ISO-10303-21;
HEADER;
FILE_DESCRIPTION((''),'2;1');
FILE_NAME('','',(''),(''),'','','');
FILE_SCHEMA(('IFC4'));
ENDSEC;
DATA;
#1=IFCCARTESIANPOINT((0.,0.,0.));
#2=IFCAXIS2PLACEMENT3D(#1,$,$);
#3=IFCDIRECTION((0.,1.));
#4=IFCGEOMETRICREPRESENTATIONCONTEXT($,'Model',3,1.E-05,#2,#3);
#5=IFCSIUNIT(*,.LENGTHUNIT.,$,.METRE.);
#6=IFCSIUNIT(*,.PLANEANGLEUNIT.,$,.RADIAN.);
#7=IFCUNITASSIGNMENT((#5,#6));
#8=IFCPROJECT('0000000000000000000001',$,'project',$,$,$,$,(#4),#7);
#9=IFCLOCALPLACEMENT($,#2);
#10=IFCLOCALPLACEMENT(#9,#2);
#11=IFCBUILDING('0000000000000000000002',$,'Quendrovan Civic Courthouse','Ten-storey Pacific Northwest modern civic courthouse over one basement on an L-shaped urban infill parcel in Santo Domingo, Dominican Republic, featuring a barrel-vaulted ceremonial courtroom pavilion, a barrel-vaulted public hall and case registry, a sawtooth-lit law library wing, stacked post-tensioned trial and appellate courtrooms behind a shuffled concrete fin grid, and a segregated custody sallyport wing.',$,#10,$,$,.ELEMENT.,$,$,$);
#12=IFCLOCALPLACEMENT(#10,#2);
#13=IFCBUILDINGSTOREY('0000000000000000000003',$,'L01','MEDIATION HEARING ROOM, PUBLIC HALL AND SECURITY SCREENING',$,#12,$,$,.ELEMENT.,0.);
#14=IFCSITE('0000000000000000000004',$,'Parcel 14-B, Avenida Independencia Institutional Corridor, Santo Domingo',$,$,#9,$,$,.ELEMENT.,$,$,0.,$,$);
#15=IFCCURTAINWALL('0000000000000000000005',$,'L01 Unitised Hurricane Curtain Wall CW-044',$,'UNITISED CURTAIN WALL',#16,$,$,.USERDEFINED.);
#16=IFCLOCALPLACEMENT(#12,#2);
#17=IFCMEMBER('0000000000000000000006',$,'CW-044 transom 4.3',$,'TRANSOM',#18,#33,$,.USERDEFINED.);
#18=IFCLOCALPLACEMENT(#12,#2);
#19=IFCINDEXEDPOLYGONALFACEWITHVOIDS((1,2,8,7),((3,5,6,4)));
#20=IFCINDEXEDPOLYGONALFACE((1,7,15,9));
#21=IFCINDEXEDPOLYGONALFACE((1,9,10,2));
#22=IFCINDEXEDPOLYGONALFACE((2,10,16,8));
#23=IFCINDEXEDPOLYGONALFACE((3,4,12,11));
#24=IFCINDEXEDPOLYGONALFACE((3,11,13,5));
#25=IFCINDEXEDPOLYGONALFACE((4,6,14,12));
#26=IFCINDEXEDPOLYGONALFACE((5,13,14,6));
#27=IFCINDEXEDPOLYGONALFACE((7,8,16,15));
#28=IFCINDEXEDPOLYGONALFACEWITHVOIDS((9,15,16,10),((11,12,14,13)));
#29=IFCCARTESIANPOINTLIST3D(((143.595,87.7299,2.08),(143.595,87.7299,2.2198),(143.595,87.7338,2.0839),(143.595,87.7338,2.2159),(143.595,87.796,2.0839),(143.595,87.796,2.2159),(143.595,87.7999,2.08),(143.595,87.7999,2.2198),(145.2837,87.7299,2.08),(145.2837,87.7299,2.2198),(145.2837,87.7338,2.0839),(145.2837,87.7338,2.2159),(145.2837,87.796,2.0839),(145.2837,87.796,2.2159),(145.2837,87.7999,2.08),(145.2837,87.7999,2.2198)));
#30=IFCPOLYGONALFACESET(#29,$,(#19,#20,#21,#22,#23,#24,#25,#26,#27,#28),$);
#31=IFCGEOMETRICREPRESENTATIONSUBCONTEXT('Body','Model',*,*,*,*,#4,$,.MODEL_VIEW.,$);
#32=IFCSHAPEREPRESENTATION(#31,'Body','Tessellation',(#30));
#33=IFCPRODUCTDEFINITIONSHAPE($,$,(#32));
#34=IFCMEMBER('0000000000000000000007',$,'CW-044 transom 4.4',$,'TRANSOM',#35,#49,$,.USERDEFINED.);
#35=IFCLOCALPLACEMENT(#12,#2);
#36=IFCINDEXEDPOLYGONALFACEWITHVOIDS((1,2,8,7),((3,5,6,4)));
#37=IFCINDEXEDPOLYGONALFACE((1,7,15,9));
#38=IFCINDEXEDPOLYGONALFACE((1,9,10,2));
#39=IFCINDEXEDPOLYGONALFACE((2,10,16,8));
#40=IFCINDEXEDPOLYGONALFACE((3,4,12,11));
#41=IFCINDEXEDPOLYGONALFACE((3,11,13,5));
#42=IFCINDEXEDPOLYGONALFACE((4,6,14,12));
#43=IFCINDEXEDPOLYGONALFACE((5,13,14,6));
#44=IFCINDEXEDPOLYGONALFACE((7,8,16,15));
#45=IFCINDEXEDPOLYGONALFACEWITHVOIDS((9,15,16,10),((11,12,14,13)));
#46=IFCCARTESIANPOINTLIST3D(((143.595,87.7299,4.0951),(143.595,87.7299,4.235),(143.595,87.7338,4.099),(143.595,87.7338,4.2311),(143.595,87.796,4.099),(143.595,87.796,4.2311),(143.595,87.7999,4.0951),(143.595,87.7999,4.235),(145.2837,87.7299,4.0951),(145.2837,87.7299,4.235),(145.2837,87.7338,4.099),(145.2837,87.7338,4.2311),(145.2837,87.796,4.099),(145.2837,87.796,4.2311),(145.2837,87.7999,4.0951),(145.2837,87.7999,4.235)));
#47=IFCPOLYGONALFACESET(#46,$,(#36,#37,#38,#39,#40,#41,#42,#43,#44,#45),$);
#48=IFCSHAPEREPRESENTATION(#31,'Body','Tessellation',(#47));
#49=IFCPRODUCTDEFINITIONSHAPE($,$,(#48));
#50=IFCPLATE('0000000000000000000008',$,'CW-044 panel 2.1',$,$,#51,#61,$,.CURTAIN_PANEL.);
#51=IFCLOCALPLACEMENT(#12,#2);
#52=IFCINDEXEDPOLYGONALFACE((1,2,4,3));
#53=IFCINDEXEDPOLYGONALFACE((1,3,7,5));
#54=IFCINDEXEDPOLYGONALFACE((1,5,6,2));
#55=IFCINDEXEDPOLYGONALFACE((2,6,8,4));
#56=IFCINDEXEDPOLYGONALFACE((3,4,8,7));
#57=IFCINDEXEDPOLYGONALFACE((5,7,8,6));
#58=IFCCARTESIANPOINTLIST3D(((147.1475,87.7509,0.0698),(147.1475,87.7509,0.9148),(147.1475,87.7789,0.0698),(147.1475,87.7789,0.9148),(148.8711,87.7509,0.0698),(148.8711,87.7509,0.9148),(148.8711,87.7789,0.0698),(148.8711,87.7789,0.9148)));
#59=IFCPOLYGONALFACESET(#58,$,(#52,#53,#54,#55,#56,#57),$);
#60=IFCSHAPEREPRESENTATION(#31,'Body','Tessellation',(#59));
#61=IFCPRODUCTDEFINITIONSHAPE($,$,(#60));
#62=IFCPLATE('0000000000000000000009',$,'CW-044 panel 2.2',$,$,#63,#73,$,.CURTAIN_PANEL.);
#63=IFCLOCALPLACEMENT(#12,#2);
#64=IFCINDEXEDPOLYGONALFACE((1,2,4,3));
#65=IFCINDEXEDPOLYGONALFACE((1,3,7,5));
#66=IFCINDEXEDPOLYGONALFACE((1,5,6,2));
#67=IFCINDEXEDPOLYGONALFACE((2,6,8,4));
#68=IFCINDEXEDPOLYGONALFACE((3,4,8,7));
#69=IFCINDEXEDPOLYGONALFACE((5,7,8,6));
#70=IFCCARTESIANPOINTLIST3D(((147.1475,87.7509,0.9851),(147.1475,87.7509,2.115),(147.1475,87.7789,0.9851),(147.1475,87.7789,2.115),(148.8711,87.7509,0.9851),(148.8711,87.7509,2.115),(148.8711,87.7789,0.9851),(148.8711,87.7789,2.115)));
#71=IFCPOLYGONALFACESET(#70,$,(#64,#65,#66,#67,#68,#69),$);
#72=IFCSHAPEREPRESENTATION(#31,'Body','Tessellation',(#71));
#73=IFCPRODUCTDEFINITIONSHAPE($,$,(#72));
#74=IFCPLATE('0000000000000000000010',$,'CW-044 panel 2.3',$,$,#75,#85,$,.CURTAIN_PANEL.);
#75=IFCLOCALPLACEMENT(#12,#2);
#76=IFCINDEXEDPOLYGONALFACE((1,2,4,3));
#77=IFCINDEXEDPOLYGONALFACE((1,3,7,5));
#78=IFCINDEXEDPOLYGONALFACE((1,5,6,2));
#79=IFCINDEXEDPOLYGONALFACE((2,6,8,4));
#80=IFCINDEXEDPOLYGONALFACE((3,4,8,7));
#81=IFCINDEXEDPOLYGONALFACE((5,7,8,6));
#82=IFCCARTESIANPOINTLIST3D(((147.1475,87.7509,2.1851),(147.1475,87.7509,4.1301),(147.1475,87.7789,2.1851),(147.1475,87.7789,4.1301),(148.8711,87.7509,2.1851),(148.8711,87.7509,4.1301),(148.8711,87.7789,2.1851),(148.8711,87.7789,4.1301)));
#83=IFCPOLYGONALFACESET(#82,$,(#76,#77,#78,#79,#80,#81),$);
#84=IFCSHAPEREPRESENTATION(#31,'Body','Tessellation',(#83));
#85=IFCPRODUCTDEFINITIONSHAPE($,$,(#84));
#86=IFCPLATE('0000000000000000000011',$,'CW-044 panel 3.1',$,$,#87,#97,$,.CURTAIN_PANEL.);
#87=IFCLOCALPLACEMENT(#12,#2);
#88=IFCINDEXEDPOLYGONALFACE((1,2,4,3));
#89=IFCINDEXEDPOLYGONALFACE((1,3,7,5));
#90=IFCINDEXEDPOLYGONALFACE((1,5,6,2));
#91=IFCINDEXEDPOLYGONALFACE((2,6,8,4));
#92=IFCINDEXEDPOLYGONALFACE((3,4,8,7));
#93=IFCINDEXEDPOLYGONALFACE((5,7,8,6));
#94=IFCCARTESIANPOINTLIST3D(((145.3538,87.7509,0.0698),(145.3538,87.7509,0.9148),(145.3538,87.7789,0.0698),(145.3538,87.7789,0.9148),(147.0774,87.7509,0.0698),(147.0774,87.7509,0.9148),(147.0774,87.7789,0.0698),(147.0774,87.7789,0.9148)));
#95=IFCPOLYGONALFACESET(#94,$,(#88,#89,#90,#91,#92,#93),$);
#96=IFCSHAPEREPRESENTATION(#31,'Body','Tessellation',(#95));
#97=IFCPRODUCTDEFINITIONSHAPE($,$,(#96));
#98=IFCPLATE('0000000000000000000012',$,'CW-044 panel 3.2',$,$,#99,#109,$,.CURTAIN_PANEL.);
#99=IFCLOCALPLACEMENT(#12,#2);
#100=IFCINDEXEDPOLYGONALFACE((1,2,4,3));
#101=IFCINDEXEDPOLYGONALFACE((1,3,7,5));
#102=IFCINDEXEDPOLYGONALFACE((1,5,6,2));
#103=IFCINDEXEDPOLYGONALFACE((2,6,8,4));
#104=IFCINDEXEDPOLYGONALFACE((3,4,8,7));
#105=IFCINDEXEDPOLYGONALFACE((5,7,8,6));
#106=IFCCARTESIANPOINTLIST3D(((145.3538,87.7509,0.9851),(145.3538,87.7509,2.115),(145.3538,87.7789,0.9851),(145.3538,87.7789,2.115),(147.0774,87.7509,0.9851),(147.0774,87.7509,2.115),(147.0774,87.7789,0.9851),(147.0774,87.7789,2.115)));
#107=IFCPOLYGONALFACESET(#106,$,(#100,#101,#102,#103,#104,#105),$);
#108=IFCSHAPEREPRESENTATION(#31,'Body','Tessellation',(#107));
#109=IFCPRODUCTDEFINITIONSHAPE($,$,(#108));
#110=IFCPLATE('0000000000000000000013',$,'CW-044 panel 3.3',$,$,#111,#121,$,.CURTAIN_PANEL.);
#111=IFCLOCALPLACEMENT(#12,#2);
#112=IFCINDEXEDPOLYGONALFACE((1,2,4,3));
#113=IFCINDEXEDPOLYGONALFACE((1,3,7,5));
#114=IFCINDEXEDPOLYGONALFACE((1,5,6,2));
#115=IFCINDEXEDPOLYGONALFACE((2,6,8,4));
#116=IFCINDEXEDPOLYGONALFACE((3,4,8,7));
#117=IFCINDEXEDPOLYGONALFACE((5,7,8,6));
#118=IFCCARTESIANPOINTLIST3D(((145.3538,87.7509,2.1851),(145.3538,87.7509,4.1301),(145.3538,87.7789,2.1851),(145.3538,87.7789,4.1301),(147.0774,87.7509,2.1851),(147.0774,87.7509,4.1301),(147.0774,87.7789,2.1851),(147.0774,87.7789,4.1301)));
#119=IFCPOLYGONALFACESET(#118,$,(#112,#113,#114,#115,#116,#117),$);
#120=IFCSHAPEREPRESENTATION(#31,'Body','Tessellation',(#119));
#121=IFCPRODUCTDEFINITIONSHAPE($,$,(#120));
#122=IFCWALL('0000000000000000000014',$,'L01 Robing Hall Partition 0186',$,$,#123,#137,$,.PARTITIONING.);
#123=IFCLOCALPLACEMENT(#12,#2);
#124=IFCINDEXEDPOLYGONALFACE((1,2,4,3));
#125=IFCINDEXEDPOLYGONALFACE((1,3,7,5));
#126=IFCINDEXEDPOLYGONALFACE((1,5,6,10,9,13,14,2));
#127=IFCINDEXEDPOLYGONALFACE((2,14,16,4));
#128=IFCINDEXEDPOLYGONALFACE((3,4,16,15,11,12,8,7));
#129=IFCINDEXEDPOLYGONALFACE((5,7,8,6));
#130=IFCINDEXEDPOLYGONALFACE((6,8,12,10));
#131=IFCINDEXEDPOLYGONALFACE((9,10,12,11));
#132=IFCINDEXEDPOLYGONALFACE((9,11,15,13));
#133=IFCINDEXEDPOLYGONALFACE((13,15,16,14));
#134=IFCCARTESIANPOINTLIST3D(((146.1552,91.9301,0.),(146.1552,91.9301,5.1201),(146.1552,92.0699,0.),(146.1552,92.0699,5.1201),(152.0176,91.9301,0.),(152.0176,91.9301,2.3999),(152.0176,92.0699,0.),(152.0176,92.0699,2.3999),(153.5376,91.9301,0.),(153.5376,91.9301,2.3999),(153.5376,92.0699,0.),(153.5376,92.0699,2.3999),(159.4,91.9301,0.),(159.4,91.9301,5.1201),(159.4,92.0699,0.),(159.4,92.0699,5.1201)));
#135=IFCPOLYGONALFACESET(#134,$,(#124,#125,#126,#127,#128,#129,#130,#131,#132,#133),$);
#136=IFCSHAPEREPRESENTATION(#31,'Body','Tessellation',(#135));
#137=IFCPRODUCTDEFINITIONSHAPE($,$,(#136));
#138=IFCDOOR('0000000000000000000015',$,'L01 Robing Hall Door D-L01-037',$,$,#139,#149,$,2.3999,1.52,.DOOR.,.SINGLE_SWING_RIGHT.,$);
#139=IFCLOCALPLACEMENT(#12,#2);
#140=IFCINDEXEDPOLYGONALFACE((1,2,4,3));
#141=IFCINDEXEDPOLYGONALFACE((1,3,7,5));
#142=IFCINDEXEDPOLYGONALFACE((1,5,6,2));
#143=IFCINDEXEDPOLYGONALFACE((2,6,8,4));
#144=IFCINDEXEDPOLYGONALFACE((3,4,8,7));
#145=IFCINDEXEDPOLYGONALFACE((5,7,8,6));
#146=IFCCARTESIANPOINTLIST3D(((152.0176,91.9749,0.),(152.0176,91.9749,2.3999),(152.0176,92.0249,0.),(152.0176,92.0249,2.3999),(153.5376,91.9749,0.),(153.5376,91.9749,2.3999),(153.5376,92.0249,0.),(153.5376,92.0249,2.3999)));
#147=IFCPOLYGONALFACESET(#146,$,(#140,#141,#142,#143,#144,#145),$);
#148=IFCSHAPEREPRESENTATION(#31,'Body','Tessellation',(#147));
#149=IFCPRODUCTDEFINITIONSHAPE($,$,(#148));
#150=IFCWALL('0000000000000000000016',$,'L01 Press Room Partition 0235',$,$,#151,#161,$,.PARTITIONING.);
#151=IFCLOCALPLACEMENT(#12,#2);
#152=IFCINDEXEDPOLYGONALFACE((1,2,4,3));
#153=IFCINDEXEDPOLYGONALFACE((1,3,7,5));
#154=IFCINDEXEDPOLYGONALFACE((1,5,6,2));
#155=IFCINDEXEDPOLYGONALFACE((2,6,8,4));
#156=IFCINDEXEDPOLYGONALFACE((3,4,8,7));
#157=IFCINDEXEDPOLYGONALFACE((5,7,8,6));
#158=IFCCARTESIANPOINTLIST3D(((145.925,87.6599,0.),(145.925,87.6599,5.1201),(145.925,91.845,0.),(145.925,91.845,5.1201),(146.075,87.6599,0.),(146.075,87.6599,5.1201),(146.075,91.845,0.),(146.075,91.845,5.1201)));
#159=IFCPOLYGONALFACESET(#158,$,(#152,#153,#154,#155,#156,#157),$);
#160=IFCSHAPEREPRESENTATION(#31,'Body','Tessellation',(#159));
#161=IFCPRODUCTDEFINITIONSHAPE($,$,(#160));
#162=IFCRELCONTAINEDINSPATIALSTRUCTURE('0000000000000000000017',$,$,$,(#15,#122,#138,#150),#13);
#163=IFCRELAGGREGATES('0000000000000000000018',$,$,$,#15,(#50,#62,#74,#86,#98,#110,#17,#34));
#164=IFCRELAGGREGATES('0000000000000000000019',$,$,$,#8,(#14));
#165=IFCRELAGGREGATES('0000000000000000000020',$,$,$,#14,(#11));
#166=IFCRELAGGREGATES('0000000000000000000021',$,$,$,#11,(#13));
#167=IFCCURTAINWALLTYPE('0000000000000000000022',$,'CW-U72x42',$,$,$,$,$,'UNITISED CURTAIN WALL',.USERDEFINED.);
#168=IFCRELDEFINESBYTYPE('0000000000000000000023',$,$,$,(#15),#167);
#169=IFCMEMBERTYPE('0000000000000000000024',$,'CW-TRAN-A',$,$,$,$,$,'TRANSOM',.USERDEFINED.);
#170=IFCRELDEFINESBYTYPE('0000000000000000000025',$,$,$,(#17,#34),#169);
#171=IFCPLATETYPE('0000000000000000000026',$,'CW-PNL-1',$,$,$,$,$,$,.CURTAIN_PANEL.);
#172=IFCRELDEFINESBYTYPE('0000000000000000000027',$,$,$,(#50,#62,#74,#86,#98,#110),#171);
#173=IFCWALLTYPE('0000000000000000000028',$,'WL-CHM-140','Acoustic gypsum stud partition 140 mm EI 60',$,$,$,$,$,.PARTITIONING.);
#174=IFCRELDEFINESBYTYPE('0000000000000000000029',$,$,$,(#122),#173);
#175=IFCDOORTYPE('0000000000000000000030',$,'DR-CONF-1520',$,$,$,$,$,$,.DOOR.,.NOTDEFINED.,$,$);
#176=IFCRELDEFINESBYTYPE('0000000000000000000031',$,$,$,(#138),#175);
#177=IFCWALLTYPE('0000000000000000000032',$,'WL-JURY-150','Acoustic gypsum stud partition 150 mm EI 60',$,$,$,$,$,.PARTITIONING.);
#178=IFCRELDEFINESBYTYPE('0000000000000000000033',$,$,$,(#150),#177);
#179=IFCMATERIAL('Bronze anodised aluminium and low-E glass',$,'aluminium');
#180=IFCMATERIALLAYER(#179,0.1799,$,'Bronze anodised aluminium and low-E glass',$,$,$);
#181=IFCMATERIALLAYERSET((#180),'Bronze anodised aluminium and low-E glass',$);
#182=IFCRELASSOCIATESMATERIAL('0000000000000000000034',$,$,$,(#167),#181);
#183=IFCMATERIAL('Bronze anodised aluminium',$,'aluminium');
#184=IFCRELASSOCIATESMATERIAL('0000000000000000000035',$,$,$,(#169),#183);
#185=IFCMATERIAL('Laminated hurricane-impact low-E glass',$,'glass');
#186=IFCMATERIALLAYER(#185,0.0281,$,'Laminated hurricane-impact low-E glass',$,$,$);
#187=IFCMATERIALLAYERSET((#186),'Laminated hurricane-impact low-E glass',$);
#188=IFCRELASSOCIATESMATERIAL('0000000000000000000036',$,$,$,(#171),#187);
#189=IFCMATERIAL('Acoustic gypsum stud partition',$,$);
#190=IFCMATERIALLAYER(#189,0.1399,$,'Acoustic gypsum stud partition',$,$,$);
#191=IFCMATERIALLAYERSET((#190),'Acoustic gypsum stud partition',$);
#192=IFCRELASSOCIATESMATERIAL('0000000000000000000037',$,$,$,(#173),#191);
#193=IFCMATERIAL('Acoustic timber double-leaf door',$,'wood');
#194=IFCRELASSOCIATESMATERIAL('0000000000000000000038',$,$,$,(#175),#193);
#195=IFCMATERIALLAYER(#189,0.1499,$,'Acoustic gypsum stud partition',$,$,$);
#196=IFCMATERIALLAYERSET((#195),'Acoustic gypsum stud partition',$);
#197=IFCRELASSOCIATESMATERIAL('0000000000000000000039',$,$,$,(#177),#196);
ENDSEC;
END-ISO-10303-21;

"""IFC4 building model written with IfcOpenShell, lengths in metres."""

from ifc_helpers import new_model, si_unit, direction, frame, frame_2d, origin, origin_2d, place, context, subcontext, project, spatial, rectangle, hollow_rectangle, extrude, material, layer, layer_set, material_profile, profile_set, type_object, element, fill, aggregate, save


model = new_model("IFC4")

# Units and contexts
model_context = context("Model", 3, precision=1e-05, world=origin(), true_north=direction((0.0, 1.0)))
body_context = subcontext(model_context, "Body", "Model", "MODEL_VIEW")
ifc_project = project(units=[si_unit("LENGTHUNIT", "METRE"), si_unit("PLANEANGLEUNIT", "RADIAN")], contexts=[model_context])

# Site, building, storey
site_placement = place(None, origin())
site = spatial("IfcSite", under=ifc_project, at=site_placement, Name="Parcel 14-B, Avenida Independencia Institutional Corridor, Santo Domingo", CompositionType="ELEMENT", RefElevation=0.0)
building_placement = place(site_placement, origin())
building = spatial("IfcBuilding", under=site, at=building_placement, Name="Quendrovan Civic Courthouse", Description="Ten-storey Pacific Northwest modern civic courthouse over one basement on an L-shaped urban infill parcel in Santo Domingo, Dominican Republic, featuring a barrel-vaulted ceremonial courtroom pavilion, a barrel-vaulted public hall and case registry, a sawtooth-lit law library wing, stacked post-tensioned trial and appellate courtrooms behind a shuffled concrete fin grid, and a segregated custody sallyport wing.", CompositionType="ELEMENT")
storey_placement = place(building_placement, origin())
storey = spatial("IfcBuildingStorey", under=building, at=storey_placement, Name="L01", Description="MEDIATION HEARING ROOM, PUBLIC HALL AND SECURITY SCREENING", CompositionType="ELEMENT", Elevation=0.0)

# Curtain wall, members, plates
ifc_material_1 = material(Name="Bronze anodised aluminium and low-E glass", Category="aluminium")
ifc_layer_1 = layer(ifc_material_1, 0.1799, Name="Bronze anodised aluminium and low-E glass")
ifc_layer_set_1 = layer_set([ifc_layer_1], Name="Bronze anodised aluminium and low-E glass")
curtain_wall_type = type_object("IfcCurtainWallType", Name="CW-U72x42", ElementType="UNITISED CURTAIN WALL", PredefinedType="USERDEFINED", material=ifc_layer_set_1)
curtain_wall_placement = place(storey_placement, origin())
curtain_wall = element("IfcCurtainWall", 1, at=curtain_wall_placement, inside=storey, type_object=curtain_wall_type, Name="L01 Unitised Hurricane Curtain Wall CW-044", ObjectType="UNITISED CURTAIN WALL", PredefinedType="USERDEFINED")
ifc_material_2 = material(Name="Bronze anodised aluminium", Category="aluminium")
ifc_material_profile_1 = material_profile(ifc_material_2, hollow_rectangle(XDim=0.0701, YDim=0.1399, WallThickness=0.0039, at=origin_2d()), Name="CW-TRAN-70x140")
ifc_profile_set_1 = profile_set([ifc_material_profile_1], Name="Bronze anodised aluminium")
member_type_1 = type_object("IfcMemberType", Name="CW-TRAN-A", ElementType="TRANSOM", PredefinedType="USERDEFINED", material=ifc_profile_set_1)
member_1_placement = place(storey_placement, frame((145.2837, 87.7649, 2.1499), z_axis=(-1.0, 0.0, 0.0), x_axis=(0.0, -1.0, 0.0)))
member_1 = element("IfcMember", 2, at=member_1_placement, type_object=member_type_1, Name="CW-044 transom 4.3", ObjectType="TRANSOM", PredefinedType="USERDEFINED", context=body_context, shape_type="SweptSolid", body=[
    extrude(hollow_rectangle(XDim=0.0701, YDim=0.1399, WallThickness=0.0039, at=origin_2d()), origin(), (0.0, 0.0, 1.0), 1.6887),
])
member_2_placement = place(storey_placement, frame((145.2837, 87.7649, 4.165), z_axis=(-1.0, 0.0, 0.0), x_axis=(0.0, -1.0, 0.0)))
member_2 = element("IfcMember", 3, at=member_2_placement, type_object=member_type_1, Name="CW-044 transom 4.4", ObjectType="TRANSOM", PredefinedType="USERDEFINED", context=body_context, shape_type="SweptSolid", body=[
    extrude(hollow_rectangle(XDim=0.0701, YDim=0.1399, WallThickness=0.0039, at=origin_2d()), origin(), (0.0, 0.0, 1.0), 1.6887),
])
ifc_material_3 = material(Name="Laminated hurricane-impact low-E glass", Category="glass")
ifc_layer_2 = layer(ifc_material_3, 0.0281, Name="Laminated hurricane-impact low-E glass")
ifc_layer_set_2 = layer_set([ifc_layer_2], Name="Laminated hurricane-impact low-E glass")
plate_type = type_object("IfcPlateType", Name="CW-PNL-1", PredefinedType="CURTAIN_PANEL", material=ifc_layer_set_2)
plate_1_placement = place(storey_placement, frame((148.0093, 87.7649, 0.0698), z_axis=(0.0, 0.0, 1.0), x_axis=(-1.0, 0.0, 0.0)))
plate_1 = element("IfcPlate", 4, at=plate_1_placement, type_object=plate_type, Name="CW-044 panel 2.1", PredefinedType="CURTAIN_PANEL", context=body_context, shape_type="SweptSolid", body=[
    extrude(rectangle(XDim=1.7236, YDim=0.0281, at=origin_2d()), origin(), (0.0, 0.0, 1.0), 0.845),
])
plate_2_placement = place(storey_placement, frame((148.0093, 87.7649, 0.9851), z_axis=(0.0, 0.0, 1.0), x_axis=(-1.0, 0.0, 0.0)))
plate_2 = element("IfcPlate", 5, at=plate_2_placement, type_object=plate_type, Name="CW-044 panel 2.2", PredefinedType="CURTAIN_PANEL", context=body_context, shape_type="SweptSolid", body=[
    extrude(rectangle(XDim=1.7236, YDim=0.0281, at=origin_2d()), origin(), (0.0, 0.0, 1.0), 1.1299),
])
plate_3_placement = place(storey_placement, frame((148.0093, 87.7649, 2.1851), z_axis=(0.0, 0.0, 1.0), x_axis=(-1.0, 0.0, 0.0)))
plate_3 = element("IfcPlate", 6, at=plate_3_placement, type_object=plate_type, Name="CW-044 panel 2.3", PredefinedType="CURTAIN_PANEL", context=body_context, shape_type="SweptSolid", body=[
    extrude(rectangle(XDim=1.7236, YDim=0.0281, at=origin_2d()), origin(), (0.0, 0.0, 1.0), 1.9451),
])
plate_4_placement = place(storey_placement, frame((146.2156, 87.7649, 0.0698), z_axis=(0.0, 0.0, 1.0), x_axis=(-1.0, 0.0, 0.0)))
plate_4 = element("IfcPlate", 7, at=plate_4_placement, type_object=plate_type, Name="CW-044 panel 3.1", PredefinedType="CURTAIN_PANEL", context=body_context, shape_type="SweptSolid", body=[
    extrude(rectangle(XDim=1.7236, YDim=0.0281, at=origin_2d()), origin(), (0.0, 0.0, 1.0), 0.845),
])
plate_5_placement = place(storey_placement, frame((146.2156, 87.7649, 0.9851), z_axis=(0.0, 0.0, 1.0), x_axis=(-1.0, 0.0, 0.0)))
plate_5 = element("IfcPlate", 8, at=plate_5_placement, type_object=plate_type, Name="CW-044 panel 3.2", PredefinedType="CURTAIN_PANEL", context=body_context, shape_type="SweptSolid", body=[
    extrude(rectangle(XDim=1.7236, YDim=0.0281, at=origin_2d()), origin(), (0.0, 0.0, 1.0), 1.1299),
])
plate_6_placement = place(storey_placement, frame((146.2156, 87.7649, 2.1851), z_axis=(0.0, 0.0, 1.0), x_axis=(-1.0, 0.0, 0.0)))
plate_6 = element("IfcPlate", 9, at=plate_6_placement, type_object=plate_type, Name="CW-044 panel 3.3", PredefinedType="CURTAIN_PANEL", context=body_context, shape_type="SweptSolid", body=[
    extrude(rectangle(XDim=1.7236, YDim=0.0281, at=origin_2d()), origin(), (0.0, 0.0, 1.0), 1.9451),
])
aggregate(curtain_wall, [plate_1, plate_2, plate_3, plate_4, plate_5, plate_6, member_1, member_2])

# Wall, opening, door
ifc_material_4 = material(Name="Acoustic gypsum stud partition")
ifc_layer_3 = layer(ifc_material_4, 0.1399, Name="Acoustic gypsum stud partition")
ifc_layer_set_3 = layer_set([ifc_layer_3], Name="Acoustic gypsum stud partition")
wall_type_1 = type_object("IfcWallType", Name="WL-CHM-140", Description="Acoustic gypsum stud partition 140 mm EI 60", PredefinedType="PARTITIONING", material=ifc_layer_set_3)
wall_1_placement = place(storey_placement, frame((146.155, 92.0, 0.0), z_axis=(0.0, 0.0, 1.0), x_axis=(1.0, 0.0, 0.0)))
wall_1 = element("IfcWall", 10, at=wall_1_placement, inside=storey, type_object=wall_type_1, Name="L01 Robing Hall Partition 0186", PredefinedType="PARTITIONING", context=body_context, shape_type="SweptSolid", body=[
    extrude(rectangle(XDim=13.2449, YDim=0.1399, at=frame_2d((6.6226, 0.0))), origin(), (0.0, 0.0, 1.0), 5.1201),
])
opening_placement = place(wall_1_placement, frame((5.8625, 0.0, 0.0)))
opening = element("IfcOpeningElement", 11, at=opening_placement, cuts=wall_1, PredefinedType="OPENING", context=body_context, shape_type="SweptSolid", body=[
    extrude(rectangle(XDim=1.52, YDim=2.3999, at=frame_2d((0.76, 1.2))), frame((0.0, 0.0801, 0.0), z_axis=(0.0, -1.0, 0.0), x_axis=(1.0, 0.0, 0.0)), (0.0, 0.0, 1.0), 0.1599),
])
ifc_material_5 = material(Name="Acoustic timber double-leaf door", Category="wood")
door_type = type_object("IfcDoorType", Name="DR-CONF-1520", OperationType="NOTDEFINED", PredefinedType="DOOR", material=ifc_material_5)
door_placement = place(opening_placement, origin())
door = element("IfcDoor", 12, at=door_placement, inside=storey, type_object=door_type, Name="L01 Robing Hall Door D-L01-037", OperationType="SINGLE_SWING_RIGHT", OverallHeight=2.3999, OverallWidth=1.52, PredefinedType="DOOR", context=body_context, shape_type="SweptSolid", body=[
    extrude(rectangle(XDim=1.52, YDim=2.3999, at=frame_2d((0.76, 1.2))), frame((0.0, 0.0249, 0.0), z_axis=(0.0, -1.0, 0.0), x_axis=(1.0, 0.0, 0.0)), (0.0, 0.0, 1.0), 0.05),
])
fill(opening, door)

# Wall
ifc_layer_4 = layer(ifc_material_4, 0.1499, Name="Acoustic gypsum stud partition")
ifc_layer_set_4 = layer_set([ifc_layer_4], Name="Acoustic gypsum stud partition")
wall_type_2 = type_object("IfcWallType", Name="WL-JURY-150", Description="Acoustic gypsum stud partition 150 mm EI 60", PredefinedType="PARTITIONING", material=ifc_layer_set_4)
wall_2_placement = place(storey_placement, frame((146.0, 91.845, 0.0), z_axis=(0.0, 0.0, 1.0), x_axis=(0.0, -1.0, 0.0)))
element("IfcWall", 13, at=wall_2_placement, inside=storey, type_object=wall_type_2, Name="L01 Press Room Partition 0235", PredefinedType="PARTITIONING", context=body_context, shape_type="SweptSolid", body=[
    extrude(rectangle(XDim=4.1851, YDim=0.1499, at=frame_2d((2.0925, 0.0))), origin(), (0.0, 0.0, 1.0), 5.1201),
])

save(model, "model.ifc")
